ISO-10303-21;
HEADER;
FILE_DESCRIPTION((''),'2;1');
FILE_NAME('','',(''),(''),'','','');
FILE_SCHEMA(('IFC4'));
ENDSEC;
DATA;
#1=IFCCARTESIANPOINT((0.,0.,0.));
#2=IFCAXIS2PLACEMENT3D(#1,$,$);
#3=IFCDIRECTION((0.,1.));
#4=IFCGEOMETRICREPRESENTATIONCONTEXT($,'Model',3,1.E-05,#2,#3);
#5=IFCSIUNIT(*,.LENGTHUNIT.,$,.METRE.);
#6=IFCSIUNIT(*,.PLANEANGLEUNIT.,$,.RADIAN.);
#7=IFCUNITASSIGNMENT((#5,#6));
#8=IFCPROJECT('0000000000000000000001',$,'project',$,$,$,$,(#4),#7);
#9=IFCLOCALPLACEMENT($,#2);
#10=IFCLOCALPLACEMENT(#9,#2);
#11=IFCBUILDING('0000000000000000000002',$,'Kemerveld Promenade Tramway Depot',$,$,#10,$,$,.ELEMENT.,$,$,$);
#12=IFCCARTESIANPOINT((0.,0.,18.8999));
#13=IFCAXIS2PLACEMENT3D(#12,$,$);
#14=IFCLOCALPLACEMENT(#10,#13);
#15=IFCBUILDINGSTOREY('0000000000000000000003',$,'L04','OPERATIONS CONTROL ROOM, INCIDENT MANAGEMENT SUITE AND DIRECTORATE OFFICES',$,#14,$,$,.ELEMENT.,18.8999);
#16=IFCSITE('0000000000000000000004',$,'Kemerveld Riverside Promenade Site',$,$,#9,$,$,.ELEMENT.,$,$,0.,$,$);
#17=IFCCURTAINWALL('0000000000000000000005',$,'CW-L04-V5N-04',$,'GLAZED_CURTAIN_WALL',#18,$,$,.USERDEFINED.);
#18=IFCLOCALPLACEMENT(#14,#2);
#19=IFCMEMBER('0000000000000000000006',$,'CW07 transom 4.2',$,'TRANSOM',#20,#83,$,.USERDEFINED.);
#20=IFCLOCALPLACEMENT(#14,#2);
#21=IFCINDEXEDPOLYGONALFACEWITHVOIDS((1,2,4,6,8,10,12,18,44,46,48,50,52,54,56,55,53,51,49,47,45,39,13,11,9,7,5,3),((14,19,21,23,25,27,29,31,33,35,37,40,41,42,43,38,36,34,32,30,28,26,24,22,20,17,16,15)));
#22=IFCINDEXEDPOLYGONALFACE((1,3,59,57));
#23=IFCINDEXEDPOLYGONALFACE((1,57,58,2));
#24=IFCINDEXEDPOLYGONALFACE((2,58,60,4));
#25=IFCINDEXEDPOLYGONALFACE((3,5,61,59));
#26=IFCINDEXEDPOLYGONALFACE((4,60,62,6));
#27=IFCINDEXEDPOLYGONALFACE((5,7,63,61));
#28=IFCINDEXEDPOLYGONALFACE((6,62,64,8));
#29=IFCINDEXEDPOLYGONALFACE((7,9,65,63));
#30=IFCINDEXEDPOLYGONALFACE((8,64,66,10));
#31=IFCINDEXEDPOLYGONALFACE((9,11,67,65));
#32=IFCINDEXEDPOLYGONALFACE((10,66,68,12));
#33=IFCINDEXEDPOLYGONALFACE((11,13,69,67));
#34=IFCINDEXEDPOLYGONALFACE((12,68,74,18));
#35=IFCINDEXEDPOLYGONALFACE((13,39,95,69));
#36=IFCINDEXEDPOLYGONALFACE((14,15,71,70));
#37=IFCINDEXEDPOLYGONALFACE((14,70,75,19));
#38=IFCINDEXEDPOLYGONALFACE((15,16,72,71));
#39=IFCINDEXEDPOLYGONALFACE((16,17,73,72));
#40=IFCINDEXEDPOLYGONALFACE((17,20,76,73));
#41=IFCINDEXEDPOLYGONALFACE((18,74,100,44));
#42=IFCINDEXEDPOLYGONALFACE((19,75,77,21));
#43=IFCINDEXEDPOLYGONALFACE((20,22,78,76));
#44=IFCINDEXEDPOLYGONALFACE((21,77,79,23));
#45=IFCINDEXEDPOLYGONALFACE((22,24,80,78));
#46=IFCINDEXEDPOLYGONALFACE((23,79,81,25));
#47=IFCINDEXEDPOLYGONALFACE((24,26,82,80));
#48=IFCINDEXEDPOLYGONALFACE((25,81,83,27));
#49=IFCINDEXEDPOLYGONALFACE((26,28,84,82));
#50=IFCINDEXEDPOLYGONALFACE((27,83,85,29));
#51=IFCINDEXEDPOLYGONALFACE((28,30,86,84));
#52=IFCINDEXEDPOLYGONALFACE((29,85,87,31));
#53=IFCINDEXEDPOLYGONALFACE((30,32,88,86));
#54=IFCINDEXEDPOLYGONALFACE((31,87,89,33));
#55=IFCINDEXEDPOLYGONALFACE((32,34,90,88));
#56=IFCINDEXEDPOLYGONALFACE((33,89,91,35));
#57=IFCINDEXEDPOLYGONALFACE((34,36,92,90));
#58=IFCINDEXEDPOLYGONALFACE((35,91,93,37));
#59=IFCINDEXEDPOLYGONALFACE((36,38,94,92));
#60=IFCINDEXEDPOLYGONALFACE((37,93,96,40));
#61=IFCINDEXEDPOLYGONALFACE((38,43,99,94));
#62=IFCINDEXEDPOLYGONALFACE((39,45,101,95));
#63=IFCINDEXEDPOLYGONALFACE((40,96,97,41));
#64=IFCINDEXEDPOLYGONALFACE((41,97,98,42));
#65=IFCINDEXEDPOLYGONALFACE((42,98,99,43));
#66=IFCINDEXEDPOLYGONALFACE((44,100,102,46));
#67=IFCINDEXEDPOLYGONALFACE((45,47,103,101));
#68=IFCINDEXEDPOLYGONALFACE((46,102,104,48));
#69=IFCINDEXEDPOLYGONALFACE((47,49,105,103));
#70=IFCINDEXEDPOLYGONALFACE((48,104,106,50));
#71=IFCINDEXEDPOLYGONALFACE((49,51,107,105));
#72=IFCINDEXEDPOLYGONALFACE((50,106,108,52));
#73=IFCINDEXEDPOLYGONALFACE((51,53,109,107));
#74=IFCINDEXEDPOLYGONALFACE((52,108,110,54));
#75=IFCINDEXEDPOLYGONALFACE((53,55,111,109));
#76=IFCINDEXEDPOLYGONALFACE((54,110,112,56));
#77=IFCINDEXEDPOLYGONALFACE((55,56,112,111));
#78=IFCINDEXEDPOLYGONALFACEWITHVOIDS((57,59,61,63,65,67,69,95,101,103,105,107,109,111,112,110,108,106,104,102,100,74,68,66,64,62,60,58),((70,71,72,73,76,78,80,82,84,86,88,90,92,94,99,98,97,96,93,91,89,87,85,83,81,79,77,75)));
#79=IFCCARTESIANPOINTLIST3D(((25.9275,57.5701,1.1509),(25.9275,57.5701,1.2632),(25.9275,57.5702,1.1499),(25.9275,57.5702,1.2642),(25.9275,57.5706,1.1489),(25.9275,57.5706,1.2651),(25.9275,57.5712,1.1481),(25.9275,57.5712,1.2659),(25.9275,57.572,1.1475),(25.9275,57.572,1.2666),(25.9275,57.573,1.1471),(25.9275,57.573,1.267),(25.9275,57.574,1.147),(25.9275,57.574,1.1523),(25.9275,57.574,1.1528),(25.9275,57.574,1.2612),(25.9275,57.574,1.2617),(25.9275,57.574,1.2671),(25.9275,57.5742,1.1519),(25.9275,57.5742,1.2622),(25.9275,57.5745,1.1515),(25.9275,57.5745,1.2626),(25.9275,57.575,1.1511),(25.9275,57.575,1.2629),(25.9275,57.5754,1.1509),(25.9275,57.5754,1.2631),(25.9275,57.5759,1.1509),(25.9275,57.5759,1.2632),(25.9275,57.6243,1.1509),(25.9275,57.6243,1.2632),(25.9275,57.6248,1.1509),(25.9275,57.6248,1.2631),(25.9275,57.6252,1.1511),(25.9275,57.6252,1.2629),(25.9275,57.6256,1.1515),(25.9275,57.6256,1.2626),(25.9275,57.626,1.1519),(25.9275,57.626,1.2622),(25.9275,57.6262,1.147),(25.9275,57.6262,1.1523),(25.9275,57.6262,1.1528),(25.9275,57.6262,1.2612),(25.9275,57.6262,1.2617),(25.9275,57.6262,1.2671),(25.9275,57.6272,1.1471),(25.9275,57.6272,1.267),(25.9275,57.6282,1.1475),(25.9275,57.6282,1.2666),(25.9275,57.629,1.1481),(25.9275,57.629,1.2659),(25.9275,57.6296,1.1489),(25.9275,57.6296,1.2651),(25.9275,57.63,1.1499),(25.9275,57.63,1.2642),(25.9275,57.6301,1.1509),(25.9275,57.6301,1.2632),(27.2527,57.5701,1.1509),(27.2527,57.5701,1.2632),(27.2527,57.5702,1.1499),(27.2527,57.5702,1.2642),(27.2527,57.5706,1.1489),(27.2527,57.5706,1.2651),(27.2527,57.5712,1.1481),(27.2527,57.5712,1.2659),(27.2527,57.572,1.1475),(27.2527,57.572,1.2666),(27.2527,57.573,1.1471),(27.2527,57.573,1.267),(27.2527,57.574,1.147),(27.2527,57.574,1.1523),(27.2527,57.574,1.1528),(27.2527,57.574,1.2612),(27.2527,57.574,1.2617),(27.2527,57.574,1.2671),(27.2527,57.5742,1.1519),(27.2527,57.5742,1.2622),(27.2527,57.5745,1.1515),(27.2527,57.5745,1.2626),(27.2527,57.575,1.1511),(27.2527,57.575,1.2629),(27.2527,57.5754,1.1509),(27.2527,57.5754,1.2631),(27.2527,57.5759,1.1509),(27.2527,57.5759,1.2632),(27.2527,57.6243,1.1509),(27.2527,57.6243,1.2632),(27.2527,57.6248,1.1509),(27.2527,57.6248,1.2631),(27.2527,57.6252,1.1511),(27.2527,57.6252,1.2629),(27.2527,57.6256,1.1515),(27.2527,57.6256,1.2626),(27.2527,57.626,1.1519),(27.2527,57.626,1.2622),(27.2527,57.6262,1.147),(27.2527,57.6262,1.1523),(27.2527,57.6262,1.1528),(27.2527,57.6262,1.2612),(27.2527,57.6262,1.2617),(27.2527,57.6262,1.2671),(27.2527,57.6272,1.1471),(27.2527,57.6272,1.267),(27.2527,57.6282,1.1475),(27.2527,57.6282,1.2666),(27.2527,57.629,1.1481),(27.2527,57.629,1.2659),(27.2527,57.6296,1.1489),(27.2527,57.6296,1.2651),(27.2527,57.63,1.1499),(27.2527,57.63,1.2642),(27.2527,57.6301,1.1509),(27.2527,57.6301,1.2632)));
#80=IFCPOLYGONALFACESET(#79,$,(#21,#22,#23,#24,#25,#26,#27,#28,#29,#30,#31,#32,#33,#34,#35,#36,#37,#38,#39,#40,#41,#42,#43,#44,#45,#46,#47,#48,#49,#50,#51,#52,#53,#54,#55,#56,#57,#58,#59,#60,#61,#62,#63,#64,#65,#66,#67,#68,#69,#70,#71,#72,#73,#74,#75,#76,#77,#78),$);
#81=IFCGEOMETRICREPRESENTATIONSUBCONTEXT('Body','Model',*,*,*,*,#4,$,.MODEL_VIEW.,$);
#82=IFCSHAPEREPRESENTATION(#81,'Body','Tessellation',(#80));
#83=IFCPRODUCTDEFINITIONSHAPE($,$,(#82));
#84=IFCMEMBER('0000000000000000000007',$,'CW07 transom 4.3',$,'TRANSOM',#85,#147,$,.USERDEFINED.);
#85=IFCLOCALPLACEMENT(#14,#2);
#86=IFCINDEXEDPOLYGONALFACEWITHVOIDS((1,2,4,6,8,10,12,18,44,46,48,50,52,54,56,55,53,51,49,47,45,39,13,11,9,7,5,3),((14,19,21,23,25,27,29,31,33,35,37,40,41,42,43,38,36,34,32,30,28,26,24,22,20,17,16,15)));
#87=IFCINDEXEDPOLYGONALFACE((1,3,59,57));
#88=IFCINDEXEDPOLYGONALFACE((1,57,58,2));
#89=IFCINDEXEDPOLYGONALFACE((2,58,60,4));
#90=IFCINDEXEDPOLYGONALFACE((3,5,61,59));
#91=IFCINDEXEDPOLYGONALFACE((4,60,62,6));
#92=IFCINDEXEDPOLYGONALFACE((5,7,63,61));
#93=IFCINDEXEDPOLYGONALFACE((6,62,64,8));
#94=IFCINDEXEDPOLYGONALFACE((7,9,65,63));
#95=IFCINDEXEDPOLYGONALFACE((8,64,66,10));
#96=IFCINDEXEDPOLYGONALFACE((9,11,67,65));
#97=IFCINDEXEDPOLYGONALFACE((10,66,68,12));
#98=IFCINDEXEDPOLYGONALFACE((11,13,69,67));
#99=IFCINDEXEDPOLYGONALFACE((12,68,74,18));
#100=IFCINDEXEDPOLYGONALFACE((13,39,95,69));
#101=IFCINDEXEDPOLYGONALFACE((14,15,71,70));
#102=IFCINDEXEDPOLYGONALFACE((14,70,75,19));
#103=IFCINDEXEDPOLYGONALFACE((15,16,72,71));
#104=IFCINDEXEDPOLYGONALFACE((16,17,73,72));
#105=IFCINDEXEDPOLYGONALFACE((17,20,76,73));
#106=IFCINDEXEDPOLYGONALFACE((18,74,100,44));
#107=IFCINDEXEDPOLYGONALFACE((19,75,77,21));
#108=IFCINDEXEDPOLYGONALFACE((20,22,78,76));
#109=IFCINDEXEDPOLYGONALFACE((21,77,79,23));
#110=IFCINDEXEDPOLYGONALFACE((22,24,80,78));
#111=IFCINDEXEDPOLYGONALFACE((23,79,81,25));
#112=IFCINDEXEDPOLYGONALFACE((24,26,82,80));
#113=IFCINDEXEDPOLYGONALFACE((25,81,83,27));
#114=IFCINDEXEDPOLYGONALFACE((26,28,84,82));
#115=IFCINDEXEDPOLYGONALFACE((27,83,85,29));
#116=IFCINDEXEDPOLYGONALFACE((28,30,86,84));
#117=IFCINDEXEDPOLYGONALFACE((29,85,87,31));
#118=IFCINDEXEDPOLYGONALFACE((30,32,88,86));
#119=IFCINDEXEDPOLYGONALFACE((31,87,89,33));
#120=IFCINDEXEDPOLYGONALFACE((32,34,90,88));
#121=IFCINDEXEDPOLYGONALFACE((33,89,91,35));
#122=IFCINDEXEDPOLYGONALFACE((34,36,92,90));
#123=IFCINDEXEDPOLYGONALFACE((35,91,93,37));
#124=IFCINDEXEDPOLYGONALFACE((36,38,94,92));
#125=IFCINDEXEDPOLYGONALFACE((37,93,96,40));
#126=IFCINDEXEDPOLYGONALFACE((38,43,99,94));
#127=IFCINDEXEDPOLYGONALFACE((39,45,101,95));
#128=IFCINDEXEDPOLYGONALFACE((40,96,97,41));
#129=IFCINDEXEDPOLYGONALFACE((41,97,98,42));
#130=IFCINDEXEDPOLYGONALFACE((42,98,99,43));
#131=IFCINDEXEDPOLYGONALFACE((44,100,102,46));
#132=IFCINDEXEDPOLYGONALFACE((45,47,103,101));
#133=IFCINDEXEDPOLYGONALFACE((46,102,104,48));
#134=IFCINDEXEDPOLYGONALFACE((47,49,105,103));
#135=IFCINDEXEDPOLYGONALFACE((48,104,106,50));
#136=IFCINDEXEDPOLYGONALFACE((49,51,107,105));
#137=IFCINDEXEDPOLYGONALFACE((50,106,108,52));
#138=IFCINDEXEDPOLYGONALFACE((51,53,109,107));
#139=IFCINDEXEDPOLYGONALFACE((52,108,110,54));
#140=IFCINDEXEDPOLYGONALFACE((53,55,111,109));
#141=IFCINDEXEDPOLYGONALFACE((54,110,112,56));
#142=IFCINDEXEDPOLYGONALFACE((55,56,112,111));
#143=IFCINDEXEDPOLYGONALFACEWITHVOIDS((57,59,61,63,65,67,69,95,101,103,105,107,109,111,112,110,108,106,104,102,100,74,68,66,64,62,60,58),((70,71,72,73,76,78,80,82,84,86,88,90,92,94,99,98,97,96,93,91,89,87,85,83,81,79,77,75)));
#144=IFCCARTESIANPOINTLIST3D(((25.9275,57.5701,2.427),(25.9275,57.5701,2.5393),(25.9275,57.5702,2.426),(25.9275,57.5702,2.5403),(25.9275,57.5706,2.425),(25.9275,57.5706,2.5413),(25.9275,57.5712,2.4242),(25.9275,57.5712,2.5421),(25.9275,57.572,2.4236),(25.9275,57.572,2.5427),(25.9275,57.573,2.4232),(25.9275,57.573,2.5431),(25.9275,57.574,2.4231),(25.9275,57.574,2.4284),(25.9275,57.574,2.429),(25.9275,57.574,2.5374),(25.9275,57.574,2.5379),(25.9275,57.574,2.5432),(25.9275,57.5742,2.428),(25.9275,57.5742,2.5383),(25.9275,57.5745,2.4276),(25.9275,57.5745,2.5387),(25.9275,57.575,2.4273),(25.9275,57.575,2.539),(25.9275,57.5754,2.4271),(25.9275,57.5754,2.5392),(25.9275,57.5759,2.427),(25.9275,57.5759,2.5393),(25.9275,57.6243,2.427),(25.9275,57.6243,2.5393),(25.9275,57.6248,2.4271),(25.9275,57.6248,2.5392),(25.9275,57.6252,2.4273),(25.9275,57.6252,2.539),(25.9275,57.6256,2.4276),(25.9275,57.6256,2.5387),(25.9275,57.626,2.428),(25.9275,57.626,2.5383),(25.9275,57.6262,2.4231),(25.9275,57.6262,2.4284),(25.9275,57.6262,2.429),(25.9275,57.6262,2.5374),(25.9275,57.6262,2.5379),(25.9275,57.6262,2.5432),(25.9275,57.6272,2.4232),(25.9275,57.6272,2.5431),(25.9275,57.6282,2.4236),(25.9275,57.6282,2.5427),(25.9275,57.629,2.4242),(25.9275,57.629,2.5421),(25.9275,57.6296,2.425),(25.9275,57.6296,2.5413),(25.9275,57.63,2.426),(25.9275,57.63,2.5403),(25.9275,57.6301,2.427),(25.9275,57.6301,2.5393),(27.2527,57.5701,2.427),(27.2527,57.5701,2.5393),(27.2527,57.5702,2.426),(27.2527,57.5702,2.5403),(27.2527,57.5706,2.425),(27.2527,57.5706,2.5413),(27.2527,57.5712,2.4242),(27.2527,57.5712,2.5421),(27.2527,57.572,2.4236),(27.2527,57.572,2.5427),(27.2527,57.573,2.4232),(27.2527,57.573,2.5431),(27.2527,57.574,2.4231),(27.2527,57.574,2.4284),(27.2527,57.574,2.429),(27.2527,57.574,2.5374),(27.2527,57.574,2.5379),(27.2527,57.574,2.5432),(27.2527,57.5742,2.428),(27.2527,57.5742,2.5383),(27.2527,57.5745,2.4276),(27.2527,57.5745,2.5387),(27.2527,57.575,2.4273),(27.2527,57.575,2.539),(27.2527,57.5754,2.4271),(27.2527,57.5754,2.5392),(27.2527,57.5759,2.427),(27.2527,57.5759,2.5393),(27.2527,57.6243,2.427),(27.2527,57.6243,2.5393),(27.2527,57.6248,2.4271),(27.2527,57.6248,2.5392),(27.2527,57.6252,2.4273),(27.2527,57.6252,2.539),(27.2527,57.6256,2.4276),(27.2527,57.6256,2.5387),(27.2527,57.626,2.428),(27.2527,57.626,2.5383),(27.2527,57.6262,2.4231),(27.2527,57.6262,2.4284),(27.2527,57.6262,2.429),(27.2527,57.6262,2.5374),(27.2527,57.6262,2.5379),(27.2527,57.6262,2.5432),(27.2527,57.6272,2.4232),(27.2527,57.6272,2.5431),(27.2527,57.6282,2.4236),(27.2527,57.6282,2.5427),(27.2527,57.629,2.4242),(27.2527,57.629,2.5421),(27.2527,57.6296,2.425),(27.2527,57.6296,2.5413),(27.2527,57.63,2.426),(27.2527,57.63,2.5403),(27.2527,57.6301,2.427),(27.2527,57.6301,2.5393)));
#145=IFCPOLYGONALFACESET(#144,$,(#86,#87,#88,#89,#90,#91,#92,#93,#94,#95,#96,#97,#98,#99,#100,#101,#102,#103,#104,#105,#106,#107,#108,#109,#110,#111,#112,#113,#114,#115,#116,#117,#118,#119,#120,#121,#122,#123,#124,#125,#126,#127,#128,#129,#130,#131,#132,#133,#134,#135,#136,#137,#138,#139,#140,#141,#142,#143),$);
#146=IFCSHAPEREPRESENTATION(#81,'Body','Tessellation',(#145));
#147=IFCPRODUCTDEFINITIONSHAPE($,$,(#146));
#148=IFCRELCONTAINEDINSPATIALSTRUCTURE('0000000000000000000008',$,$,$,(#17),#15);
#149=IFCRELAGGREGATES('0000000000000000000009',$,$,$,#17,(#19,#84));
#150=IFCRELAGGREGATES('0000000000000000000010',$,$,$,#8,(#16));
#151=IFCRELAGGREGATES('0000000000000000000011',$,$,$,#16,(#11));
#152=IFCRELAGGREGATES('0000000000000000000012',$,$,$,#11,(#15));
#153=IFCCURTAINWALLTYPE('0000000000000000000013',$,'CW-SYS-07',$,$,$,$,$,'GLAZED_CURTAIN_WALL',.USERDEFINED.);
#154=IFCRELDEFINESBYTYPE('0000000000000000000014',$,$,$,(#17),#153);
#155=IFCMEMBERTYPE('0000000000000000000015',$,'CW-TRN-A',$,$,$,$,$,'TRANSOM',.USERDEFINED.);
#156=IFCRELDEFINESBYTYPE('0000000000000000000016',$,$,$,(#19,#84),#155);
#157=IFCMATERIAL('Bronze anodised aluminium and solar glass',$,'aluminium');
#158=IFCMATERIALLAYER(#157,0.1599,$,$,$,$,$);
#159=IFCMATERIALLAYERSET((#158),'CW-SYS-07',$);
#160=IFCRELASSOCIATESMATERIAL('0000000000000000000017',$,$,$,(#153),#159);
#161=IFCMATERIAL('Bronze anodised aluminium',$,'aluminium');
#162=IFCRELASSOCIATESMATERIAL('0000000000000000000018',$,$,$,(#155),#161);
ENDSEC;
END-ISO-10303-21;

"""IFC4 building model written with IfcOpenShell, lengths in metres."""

from ifc_helpers import new_model, si_unit, direction, frame, origin, origin_2d, place, context, subcontext, project, spatial, hollow_rectangle, extrude, material, layer, layer_set, material_profile, profile_set, type_object, element, aggregate, save


model = new_model("IFC4")

# Units and contexts
model_context = context("Model", 3, precision=1e-05, world=origin(), true_north=direction((0.0, 1.0)))
body_context = subcontext(model_context, "Body", "Model", "MODEL_VIEW")
ifc_project = project(units=[si_unit("LENGTHUNIT", "METRE"), si_unit("PLANEANGLEUNIT", "RADIAN")], contexts=[model_context])

# Site, building, storey
site_placement = place(None, origin())
site = spatial("IfcSite", under=ifc_project, at=site_placement, Name="Kemerveld Riverside Promenade Site", CompositionType="ELEMENT", RefElevation=0.0)
building_placement = place(site_placement, origin())
building = spatial("IfcBuilding", under=site, at=building_placement, Name="Kemerveld Promenade Tramway Depot", CompositionType="ELEMENT")
storey_placement = place(building_placement, frame((0.0, 0.0, 18.8999)))
storey = spatial("IfcBuildingStorey", under=building, at=storey_placement, Name="L04", Description="OPERATIONS CONTROL ROOM, INCIDENT MANAGEMENT SUITE AND DIRECTORATE OFFICES", CompositionType="ELEMENT", Elevation=18.8999)

# Curtain wall, members
ifc_material_1 = material(Name="Bronze anodised aluminium and solar glass", Category="aluminium")
ifc_layer_1 = layer(ifc_material_1, 0.1599)
ifc_layer_set_1 = layer_set([ifc_layer_1], Name="CW-SYS-07")
curtain_wall_type = type_object("IfcCurtainWallType", Name="CW-SYS-07", ElementType="GLAZED_CURTAIN_WALL", PredefinedType="USERDEFINED", material=ifc_layer_set_1)
curtain_wall_placement = place(storey_placement, origin())
curtain_wall = element("IfcCurtainWall", 1, at=curtain_wall_placement, inside=storey, type_object=curtain_wall_type, Name="CW-L04-V5N-04", ObjectType="GLAZED_CURTAIN_WALL", PredefinedType="USERDEFINED")
ifc_material_2 = material(Name="Bronze anodised aluminium", Category="aluminium")
ifc_material_profile_1 = material_profile(ifc_material_2, hollow_rectangle(XDim=0.0601, YDim=0.1201, WallThickness=0.0039, InnerFilletRadius=0.002, OuterFilletRadius=0.0039, at=origin_2d()), Name="CW-TRN-120x60")
ifc_profile_set_1 = profile_set([ifc_material_profile_1], Name="Bronze anodised aluminium")
member_type_1 = type_object("IfcMemberType", Name="CW-TRN-A", ElementType="TRANSOM", PredefinedType="USERDEFINED", material=ifc_profile_set_1)
member_1_placement = place(storey_placement, frame((25.9275, 57.6001, 1.207), z_axis=(1.0, 0.0, 0.0), x_axis=(0.0, 1.0, 0.0)))
member_1 = element("IfcMember", 2, at=member_1_placement, type_object=member_type_1, Name="CW07 transom 4.2", ObjectType="TRANSOM", PredefinedType="USERDEFINED", context=body_context, shape_type="SweptSolid", body=[
    extrude(hollow_rectangle(XDim=0.0601, YDim=0.1201, WallThickness=0.0039, InnerFilletRadius=0.002, OuterFilletRadius=0.0039, at=origin_2d()), origin(), (0.0, 0.0, 1.0), 1.3252),
])
member_2_placement = place(storey_placement, frame((25.9275, 57.6001, 2.4832), z_axis=(1.0, 0.0, 0.0), x_axis=(0.0, 1.0, 0.0)))
member_2 = element("IfcMember", 3, at=member_2_placement, type_object=member_type_1, Name="CW07 transom 4.3", ObjectType="TRANSOM", PredefinedType="USERDEFINED", context=body_context, shape_type="SweptSolid", body=[
    extrude(hollow_rectangle(XDim=0.0601, YDim=0.1201, WallThickness=0.0039, InnerFilletRadius=0.002, OuterFilletRadius=0.0039, at=origin_2d()), origin(), (0.0, 0.0, 1.0), 1.3252),
])
aggregate(curtain_wall, [member_1, member_2])

save(model, "model.ifc")
